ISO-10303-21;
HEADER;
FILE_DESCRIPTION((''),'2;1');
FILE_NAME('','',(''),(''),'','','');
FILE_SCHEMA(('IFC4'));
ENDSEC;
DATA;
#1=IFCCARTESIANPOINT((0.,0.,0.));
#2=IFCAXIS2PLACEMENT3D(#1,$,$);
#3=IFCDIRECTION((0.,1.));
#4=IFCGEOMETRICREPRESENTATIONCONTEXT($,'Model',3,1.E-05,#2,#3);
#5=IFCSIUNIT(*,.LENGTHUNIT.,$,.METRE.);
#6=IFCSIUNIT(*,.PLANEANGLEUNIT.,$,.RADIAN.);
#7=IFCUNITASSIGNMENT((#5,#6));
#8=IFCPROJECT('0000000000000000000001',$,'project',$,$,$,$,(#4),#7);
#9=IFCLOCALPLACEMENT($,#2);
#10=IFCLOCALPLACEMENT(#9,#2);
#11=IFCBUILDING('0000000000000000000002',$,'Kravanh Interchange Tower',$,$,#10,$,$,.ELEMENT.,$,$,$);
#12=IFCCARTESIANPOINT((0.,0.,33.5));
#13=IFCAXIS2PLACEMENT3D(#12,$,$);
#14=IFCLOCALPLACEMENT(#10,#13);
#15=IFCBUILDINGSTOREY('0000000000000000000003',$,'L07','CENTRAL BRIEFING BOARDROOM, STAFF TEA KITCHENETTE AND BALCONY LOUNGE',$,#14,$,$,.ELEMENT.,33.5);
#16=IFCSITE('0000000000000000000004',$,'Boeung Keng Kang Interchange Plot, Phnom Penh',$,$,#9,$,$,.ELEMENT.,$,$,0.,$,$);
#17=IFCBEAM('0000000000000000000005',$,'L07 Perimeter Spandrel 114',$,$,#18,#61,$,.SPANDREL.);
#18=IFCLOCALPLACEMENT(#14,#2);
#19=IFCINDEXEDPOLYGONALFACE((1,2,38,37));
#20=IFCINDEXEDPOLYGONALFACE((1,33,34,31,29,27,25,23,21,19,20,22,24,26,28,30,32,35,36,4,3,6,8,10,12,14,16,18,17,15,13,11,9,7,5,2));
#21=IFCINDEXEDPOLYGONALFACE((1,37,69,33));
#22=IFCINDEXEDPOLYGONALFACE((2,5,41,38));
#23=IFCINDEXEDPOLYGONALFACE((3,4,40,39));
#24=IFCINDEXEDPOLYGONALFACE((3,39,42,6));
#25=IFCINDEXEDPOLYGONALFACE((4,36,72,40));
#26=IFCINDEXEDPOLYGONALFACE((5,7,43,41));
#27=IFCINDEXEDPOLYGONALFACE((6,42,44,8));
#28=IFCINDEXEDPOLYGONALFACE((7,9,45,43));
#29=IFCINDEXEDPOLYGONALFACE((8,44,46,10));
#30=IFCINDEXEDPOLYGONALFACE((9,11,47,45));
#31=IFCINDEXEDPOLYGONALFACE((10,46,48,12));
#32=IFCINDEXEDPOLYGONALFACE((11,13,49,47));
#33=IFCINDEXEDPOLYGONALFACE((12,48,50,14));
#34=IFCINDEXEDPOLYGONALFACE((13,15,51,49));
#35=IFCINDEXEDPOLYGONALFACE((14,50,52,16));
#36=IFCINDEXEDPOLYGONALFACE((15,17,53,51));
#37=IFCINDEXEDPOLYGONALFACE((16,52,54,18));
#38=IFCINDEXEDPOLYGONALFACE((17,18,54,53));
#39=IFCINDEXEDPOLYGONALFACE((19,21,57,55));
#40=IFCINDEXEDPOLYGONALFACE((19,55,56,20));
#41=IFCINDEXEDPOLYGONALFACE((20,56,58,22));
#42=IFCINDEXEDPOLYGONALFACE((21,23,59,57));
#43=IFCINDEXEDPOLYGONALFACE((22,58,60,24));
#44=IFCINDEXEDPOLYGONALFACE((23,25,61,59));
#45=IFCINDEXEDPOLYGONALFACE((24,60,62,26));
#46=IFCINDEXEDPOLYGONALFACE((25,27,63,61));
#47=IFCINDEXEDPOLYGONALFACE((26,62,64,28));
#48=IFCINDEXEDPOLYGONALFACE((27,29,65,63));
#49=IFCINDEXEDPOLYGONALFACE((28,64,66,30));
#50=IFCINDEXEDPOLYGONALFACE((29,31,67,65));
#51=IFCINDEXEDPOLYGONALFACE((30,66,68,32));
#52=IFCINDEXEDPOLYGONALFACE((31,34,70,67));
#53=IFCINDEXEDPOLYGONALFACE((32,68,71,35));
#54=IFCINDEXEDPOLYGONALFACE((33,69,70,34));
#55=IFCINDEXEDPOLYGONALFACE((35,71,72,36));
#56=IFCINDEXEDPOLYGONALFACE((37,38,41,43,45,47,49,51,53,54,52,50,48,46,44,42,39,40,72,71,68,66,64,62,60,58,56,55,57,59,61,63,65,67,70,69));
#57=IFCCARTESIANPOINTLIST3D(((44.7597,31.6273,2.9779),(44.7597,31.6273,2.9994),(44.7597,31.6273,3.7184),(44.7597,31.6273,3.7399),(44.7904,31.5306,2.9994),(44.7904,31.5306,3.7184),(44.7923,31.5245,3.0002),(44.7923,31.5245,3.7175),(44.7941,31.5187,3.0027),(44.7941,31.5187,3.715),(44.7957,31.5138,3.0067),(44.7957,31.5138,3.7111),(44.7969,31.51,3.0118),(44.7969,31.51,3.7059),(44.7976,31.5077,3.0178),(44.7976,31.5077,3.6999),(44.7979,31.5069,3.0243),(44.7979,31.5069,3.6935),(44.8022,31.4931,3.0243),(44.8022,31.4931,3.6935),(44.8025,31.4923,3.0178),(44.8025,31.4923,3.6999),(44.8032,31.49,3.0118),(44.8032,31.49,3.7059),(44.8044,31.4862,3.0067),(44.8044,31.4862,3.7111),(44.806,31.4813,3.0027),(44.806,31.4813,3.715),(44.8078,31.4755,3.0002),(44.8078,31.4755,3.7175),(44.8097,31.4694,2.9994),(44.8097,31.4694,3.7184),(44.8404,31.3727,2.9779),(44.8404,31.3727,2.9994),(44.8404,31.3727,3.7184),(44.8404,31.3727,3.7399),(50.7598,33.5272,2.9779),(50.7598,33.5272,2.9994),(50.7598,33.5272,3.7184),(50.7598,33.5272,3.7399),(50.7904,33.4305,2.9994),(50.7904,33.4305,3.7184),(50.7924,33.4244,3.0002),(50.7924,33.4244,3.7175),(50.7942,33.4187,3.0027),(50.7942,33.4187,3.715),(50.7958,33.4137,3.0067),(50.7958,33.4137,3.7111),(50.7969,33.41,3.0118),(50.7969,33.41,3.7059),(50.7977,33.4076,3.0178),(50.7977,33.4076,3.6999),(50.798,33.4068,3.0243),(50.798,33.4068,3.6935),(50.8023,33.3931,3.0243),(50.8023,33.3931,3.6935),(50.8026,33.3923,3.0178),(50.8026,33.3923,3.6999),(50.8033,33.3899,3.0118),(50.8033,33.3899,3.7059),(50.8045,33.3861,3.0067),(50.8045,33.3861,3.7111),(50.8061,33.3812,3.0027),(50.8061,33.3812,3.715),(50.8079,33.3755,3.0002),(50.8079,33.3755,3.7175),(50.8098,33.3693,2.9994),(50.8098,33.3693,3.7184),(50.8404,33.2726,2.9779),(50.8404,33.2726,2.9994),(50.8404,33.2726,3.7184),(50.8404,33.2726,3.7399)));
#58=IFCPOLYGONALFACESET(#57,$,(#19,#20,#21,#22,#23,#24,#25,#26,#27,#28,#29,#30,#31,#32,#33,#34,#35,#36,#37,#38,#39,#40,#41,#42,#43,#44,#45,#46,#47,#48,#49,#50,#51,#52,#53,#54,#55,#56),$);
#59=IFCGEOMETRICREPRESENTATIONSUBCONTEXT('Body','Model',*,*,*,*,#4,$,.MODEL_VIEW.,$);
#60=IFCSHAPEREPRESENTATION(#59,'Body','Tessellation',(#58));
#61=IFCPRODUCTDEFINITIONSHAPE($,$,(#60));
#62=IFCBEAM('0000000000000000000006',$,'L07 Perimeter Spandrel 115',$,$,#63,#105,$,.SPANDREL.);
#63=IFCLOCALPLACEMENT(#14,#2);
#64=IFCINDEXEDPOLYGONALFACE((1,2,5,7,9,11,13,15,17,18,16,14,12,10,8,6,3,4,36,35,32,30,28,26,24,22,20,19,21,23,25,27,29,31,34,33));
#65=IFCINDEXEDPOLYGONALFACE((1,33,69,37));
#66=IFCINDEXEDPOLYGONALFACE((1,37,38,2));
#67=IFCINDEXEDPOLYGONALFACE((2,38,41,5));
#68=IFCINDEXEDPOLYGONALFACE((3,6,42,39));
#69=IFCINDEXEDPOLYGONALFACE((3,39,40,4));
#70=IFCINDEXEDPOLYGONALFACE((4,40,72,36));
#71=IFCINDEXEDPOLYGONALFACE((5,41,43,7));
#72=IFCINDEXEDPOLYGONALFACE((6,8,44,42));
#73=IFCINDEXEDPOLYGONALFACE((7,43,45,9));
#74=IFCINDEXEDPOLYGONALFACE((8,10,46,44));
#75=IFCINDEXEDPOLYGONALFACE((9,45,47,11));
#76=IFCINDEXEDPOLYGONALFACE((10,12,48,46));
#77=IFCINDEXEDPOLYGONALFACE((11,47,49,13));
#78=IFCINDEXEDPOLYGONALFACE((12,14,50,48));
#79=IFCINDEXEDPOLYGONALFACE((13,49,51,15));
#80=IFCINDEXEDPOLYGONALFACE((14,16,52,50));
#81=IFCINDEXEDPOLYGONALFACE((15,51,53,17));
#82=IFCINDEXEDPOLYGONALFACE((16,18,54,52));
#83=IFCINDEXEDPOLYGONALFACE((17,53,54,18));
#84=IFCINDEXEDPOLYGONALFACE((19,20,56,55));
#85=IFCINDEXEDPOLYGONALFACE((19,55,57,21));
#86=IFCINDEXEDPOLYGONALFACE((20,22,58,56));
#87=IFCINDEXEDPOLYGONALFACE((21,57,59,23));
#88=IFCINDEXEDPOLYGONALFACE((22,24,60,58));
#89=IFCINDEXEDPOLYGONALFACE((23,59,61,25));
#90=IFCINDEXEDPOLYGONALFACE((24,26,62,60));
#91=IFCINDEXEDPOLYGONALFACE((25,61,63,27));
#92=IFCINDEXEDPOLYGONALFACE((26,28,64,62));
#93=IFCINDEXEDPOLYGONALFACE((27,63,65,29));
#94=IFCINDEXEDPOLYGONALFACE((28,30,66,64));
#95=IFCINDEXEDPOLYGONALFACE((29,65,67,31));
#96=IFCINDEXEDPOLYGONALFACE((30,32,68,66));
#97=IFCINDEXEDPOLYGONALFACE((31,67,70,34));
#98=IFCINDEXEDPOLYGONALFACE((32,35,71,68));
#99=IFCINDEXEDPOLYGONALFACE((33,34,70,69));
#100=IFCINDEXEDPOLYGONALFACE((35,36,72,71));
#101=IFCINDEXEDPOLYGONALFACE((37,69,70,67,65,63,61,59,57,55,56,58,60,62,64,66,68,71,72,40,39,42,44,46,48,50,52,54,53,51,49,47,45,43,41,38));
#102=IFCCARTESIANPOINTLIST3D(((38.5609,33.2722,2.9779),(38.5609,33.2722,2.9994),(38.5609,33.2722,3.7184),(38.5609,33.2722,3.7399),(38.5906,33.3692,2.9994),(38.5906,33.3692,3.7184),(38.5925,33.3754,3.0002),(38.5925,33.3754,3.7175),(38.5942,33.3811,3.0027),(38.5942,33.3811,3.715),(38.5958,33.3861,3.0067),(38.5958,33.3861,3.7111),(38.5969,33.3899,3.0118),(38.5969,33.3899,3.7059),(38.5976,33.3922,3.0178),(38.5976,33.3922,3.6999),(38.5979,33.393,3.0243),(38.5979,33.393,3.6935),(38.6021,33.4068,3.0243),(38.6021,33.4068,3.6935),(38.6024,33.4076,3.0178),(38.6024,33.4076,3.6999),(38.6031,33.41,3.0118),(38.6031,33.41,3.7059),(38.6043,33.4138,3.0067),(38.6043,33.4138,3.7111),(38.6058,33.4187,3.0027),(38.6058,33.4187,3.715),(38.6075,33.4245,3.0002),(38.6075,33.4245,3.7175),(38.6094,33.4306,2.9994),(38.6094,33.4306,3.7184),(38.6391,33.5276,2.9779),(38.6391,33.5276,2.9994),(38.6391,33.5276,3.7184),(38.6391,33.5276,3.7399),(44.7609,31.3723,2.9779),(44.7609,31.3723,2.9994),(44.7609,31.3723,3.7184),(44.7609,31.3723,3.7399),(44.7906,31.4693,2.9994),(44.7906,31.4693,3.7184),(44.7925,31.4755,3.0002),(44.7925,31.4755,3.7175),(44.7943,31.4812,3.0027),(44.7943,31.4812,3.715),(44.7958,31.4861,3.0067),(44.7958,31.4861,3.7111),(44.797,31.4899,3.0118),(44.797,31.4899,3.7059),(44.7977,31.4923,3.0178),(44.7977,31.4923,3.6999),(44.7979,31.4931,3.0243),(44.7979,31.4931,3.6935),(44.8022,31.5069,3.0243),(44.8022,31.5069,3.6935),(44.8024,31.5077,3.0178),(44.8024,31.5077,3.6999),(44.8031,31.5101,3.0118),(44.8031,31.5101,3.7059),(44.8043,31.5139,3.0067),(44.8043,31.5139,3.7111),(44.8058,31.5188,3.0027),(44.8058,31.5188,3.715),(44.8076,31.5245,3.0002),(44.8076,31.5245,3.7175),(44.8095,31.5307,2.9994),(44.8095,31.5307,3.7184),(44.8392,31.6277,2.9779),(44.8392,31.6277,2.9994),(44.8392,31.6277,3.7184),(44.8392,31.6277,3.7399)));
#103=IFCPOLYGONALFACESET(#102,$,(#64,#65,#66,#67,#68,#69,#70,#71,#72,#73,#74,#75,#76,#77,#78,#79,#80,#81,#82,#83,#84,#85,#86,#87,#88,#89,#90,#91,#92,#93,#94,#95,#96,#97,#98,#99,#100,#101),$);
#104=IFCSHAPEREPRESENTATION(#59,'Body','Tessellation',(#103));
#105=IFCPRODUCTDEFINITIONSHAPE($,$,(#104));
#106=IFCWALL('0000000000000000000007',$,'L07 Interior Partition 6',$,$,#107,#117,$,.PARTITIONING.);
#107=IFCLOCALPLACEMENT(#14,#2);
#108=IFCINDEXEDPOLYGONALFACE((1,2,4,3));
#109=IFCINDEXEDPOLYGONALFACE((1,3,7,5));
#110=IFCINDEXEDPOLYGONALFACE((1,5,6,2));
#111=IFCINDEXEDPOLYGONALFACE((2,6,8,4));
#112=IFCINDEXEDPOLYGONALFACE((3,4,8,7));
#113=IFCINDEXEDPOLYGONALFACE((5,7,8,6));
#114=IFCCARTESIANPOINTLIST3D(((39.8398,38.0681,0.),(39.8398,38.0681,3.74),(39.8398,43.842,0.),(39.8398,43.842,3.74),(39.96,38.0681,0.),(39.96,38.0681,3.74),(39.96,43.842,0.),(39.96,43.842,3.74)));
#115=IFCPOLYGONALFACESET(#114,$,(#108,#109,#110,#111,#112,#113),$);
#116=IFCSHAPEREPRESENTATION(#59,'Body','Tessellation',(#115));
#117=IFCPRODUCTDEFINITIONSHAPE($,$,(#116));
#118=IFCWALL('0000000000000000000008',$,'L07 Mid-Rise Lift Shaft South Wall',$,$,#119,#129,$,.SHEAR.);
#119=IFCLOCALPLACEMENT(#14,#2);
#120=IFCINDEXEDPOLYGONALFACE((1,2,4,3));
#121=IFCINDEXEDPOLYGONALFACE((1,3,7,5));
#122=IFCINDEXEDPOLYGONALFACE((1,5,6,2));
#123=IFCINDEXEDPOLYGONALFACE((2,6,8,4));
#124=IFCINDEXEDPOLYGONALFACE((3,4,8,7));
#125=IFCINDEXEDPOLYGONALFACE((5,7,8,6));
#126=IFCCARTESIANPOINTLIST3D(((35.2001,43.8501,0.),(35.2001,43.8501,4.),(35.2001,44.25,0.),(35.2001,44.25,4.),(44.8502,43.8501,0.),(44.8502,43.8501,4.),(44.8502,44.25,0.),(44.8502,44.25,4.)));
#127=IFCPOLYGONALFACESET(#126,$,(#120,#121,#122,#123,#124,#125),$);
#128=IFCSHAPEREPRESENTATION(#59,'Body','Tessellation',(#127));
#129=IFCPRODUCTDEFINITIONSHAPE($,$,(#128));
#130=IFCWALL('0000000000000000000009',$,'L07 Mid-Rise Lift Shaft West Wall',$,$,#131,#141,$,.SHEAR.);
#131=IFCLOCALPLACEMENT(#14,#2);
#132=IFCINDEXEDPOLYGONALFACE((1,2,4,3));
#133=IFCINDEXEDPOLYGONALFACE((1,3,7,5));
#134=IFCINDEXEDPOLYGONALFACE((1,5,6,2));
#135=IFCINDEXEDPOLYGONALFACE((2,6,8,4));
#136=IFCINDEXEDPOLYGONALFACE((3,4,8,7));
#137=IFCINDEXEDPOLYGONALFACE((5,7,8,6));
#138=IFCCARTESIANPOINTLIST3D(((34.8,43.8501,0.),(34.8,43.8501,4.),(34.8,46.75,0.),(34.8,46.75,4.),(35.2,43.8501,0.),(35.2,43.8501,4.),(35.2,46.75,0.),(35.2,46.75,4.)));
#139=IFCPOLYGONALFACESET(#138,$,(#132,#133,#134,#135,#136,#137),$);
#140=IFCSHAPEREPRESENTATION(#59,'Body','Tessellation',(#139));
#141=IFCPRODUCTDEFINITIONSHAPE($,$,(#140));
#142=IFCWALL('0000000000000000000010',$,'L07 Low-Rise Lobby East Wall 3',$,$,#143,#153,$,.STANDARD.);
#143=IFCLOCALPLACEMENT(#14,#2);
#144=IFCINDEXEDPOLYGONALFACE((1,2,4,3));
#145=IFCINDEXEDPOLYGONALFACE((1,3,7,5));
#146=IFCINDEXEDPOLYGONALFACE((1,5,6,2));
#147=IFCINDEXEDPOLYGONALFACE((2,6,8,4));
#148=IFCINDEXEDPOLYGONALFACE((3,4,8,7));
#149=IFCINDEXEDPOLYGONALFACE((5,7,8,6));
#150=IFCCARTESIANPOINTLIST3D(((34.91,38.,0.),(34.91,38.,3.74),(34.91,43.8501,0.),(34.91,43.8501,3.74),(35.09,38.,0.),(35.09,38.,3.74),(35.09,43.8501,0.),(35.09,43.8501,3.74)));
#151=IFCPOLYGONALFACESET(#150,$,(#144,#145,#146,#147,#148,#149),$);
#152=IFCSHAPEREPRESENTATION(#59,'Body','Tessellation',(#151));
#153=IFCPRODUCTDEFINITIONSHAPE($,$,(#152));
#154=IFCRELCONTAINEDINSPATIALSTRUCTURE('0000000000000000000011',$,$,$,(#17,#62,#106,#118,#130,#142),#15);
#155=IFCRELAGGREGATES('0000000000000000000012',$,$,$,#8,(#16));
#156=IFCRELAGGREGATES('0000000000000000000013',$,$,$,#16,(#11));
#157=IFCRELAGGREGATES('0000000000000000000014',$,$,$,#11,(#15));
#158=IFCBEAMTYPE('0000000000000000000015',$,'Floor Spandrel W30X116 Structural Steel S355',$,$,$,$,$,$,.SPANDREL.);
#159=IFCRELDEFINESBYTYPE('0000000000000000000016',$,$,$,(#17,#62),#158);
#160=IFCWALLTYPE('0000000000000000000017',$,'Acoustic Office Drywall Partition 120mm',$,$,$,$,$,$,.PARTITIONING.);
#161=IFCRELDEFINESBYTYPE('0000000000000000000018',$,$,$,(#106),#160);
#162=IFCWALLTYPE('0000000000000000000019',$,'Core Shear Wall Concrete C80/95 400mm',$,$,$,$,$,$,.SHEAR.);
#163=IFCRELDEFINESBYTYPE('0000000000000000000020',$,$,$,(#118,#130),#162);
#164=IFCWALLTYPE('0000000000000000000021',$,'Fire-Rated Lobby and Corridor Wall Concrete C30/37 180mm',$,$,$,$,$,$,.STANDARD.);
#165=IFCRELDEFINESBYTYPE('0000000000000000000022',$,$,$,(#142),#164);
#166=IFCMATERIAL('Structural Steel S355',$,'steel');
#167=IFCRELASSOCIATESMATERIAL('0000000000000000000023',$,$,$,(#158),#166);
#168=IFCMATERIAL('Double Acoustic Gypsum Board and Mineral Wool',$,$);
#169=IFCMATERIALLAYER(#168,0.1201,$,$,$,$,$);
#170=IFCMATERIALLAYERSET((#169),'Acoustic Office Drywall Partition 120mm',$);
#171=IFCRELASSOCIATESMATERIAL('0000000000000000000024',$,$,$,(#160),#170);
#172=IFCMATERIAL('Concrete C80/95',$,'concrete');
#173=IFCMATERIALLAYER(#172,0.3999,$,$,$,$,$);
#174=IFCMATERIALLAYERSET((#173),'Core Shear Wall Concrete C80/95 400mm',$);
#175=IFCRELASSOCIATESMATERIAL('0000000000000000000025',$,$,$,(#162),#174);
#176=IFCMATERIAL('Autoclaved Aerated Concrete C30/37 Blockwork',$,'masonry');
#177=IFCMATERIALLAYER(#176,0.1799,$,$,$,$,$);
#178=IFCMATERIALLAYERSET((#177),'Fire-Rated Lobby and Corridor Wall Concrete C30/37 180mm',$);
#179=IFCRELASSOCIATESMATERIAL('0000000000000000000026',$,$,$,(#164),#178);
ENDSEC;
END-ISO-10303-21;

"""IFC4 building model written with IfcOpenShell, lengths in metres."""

from ifc_helpers import new_model, si_unit, direction, frame, frame_2d, origin, origin_2d, place, context, subcontext, project, spatial, rectangle, i_section, extrude, material, layer, layer_set, material_profile, profile_set, type_object, element, save


model = new_model("IFC4")

# Units and contexts
model_context = context("Model", 3, precision=1e-05, world=origin(), true_north=direction((0.0, 1.0)))
body_context = subcontext(model_context, "Body", "Model", "MODEL_VIEW")
ifc_project = project(units=[si_unit("LENGTHUNIT", "METRE"), si_unit("PLANEANGLEUNIT", "RADIAN")], contexts=[model_context])

# Site, building, storey
site_placement = place(None, origin())
site = spatial("IfcSite", under=ifc_project, at=site_placement, Name="Boeung Keng Kang Interchange Plot, Phnom Penh", CompositionType="ELEMENT", RefElevation=0.0)
building_placement = place(site_placement, origin())
building = spatial("IfcBuilding", under=site, at=building_placement, Name="Kravanh Interchange Tower", CompositionType="ELEMENT")
storey_placement = place(building_placement, frame((0.0, 0.0, 33.5)))
storey = spatial("IfcBuildingStorey", under=building, at=storey_placement, Name="L07", Description="CENTRAL BRIEFING BOARDROOM, STAFF TEA KITCHENETTE AND BALCONY LOUNGE", CompositionType="ELEMENT", Elevation=33.5)

# Beams
ifc_material_1 = material(Name="Structural Steel S355", Category="steel")
ifc_material_profile_1 = material_profile(ifc_material_1, i_section(OverallWidth=0.2671, OverallDepth=0.762, WebThickness=0.0144, FlangeThickness=0.0215, FilletRadius=0.0249, at=origin_2d()), Name="W30X116")
ifc_profile_set_1 = profile_set([ifc_material_profile_1], Name="Structural Steel S355")
beam_type_1 = type_object("IfcBeamType", Name="Floor Spandrel W30X116 Structural Steel S355", PredefinedType="SPANDREL", material=ifc_profile_set_1)
beam_1_placement = place(storey_placement, frame((44.8, 31.5, 3.3589), z_axis=(0.953347, 0.301878, 0.0), x_axis=(-0.301878, 0.953347, 0.0)))
element("IfcBeam", 1, at=beam_1_placement, inside=storey, type_object=beam_type_1, Name="L07 Perimeter Spandrel 114", PredefinedType="SPANDREL", context=body_context, shape_type="SweptSolid", body=[
    extrude(i_section(OverallWidth=0.2671, OverallDepth=0.762, WebThickness=0.0144, FlangeThickness=0.0215, FilletRadius=0.0249, at=origin_2d()), origin(), (0.0, 0.0, 1.0), 6.2937),
])
beam_2_placement = place(storey_placement, frame((44.8, 31.5, 3.3589), z_axis=(-0.956115, 0.29299, 0.0), x_axis=(-0.29299, -0.956115, 0.0)))
element("IfcBeam", 2, at=beam_2_placement, inside=storey, type_object=beam_type_1, Name="L07 Perimeter Spandrel 115", PredefinedType="SPANDREL", context=body_context, shape_type="SweptSolid", body=[
    extrude(i_section(OverallWidth=0.2671, OverallDepth=0.762, WebThickness=0.0144, FlangeThickness=0.0215, FilletRadius=0.0249, at=origin_2d()), origin(), (0.0, 0.0, 1.0), 6.4846),
])

# Walls
ifc_material_2 = material(Name="Double Acoustic Gypsum Board and Mineral Wool")
ifc_layer_1 = layer(ifc_material_2, 0.1201)
ifc_layer_set_1 = layer_set([ifc_layer_1], Name="Acoustic Office Drywall Partition 120mm")
wall_type_1 = type_object("IfcWallType", Name="Acoustic Office Drywall Partition 120mm", PredefinedType="PARTITIONING", material=ifc_layer_set_1)
wall_1_placement = place(storey_placement, frame((39.8999, 38.0681, 0.0), z_axis=(0.0, 0.0, 1.0), x_axis=(0.0, 1.0, 0.0)))
element("IfcWall", 3, at=wall_1_placement, inside=storey, type_object=wall_type_1, Name="L07 Interior Partition 6", PredefinedType="PARTITIONING", context=body_context, shape_type="SweptSolid", body=[
    extrude(rectangle(XDim=5.7739, YDim=0.1201, at=frame_2d((2.887, 0.0))), origin(), (0.0, 0.0, 1.0), 3.74),
])
ifc_material_3 = material(Name="Concrete C80/95", Category="concrete")
ifc_layer_2 = layer(ifc_material_3, 0.3999)
ifc_layer_set_2 = layer_set([ifc_layer_2], Name="Core Shear Wall Concrete C80/95 400mm")
wall_type_2 = type_object("IfcWallType", Name="Core Shear Wall Concrete C80/95 400mm", PredefinedType="SHEAR", material=ifc_layer_set_2)
wall_2_placement = place(storey_placement, frame((35.2, 44.05, 0.0), z_axis=(0.0, 0.0, 1.0), x_axis=(1.0, 0.0, 0.0)))
element("IfcWall", 4, at=wall_2_placement, inside=storey, type_object=wall_type_2, Name="L07 Mid-Rise Lift Shaft South Wall", PredefinedType="SHEAR", context=body_context, shape_type="SweptSolid", body=[
    extrude(rectangle(XDim=9.6501, YDim=0.3999, at=frame_2d((4.8252, 0.0))), origin(), (0.0, 0.0, 1.0), 4.0),
])
wall_3_placement = place(storey_placement, frame((35.0, 43.8501, 0.0), z_axis=(0.0, 0.0, 1.0), x_axis=(0.0, 1.0, 0.0)))
element("IfcWall", 5, at=wall_3_placement, inside=storey, type_object=wall_type_2, Name="L07 Mid-Rise Lift Shaft West Wall", PredefinedType="SHEAR", context=body_context, shape_type="SweptSolid", body=[
    extrude(rectangle(XDim=2.8999, YDim=0.3999, at=frame_2d((1.45, 0.0))), origin(), (0.0, 0.0, 1.0), 4.0),
])
ifc_material_4 = material(Name="Autoclaved Aerated Concrete C30/37 Blockwork", Category="masonry")
ifc_layer_3 = layer(ifc_material_4, 0.1799)
ifc_layer_set_3 = layer_set([ifc_layer_3], Name="Fire-Rated Lobby and Corridor Wall Concrete C30/37 180mm")
wall_type_3 = type_object("IfcWallType", Name="Fire-Rated Lobby and Corridor Wall Concrete C30/37 180mm", PredefinedType="STANDARD", material=ifc_layer_set_3)
wall_4_placement = place(storey_placement, frame((35.0, 38.0, 0.0), z_axis=(0.0, 0.0, 1.0), x_axis=(0.0, 1.0, 0.0)))
element("IfcWall", 6, at=wall_4_placement, inside=storey, type_object=wall_type_3, Name="L07 Low-Rise Lobby East Wall 3", PredefinedType="STANDARD", context=body_context, shape_type="SweptSolid", body=[
    extrude(rectangle(XDim=5.8501, YDim=0.1799, at=frame_2d((2.925, 0.0))), origin(), (0.0, 0.0, 1.0), 3.74),
])

save(model, "model.ifc")
